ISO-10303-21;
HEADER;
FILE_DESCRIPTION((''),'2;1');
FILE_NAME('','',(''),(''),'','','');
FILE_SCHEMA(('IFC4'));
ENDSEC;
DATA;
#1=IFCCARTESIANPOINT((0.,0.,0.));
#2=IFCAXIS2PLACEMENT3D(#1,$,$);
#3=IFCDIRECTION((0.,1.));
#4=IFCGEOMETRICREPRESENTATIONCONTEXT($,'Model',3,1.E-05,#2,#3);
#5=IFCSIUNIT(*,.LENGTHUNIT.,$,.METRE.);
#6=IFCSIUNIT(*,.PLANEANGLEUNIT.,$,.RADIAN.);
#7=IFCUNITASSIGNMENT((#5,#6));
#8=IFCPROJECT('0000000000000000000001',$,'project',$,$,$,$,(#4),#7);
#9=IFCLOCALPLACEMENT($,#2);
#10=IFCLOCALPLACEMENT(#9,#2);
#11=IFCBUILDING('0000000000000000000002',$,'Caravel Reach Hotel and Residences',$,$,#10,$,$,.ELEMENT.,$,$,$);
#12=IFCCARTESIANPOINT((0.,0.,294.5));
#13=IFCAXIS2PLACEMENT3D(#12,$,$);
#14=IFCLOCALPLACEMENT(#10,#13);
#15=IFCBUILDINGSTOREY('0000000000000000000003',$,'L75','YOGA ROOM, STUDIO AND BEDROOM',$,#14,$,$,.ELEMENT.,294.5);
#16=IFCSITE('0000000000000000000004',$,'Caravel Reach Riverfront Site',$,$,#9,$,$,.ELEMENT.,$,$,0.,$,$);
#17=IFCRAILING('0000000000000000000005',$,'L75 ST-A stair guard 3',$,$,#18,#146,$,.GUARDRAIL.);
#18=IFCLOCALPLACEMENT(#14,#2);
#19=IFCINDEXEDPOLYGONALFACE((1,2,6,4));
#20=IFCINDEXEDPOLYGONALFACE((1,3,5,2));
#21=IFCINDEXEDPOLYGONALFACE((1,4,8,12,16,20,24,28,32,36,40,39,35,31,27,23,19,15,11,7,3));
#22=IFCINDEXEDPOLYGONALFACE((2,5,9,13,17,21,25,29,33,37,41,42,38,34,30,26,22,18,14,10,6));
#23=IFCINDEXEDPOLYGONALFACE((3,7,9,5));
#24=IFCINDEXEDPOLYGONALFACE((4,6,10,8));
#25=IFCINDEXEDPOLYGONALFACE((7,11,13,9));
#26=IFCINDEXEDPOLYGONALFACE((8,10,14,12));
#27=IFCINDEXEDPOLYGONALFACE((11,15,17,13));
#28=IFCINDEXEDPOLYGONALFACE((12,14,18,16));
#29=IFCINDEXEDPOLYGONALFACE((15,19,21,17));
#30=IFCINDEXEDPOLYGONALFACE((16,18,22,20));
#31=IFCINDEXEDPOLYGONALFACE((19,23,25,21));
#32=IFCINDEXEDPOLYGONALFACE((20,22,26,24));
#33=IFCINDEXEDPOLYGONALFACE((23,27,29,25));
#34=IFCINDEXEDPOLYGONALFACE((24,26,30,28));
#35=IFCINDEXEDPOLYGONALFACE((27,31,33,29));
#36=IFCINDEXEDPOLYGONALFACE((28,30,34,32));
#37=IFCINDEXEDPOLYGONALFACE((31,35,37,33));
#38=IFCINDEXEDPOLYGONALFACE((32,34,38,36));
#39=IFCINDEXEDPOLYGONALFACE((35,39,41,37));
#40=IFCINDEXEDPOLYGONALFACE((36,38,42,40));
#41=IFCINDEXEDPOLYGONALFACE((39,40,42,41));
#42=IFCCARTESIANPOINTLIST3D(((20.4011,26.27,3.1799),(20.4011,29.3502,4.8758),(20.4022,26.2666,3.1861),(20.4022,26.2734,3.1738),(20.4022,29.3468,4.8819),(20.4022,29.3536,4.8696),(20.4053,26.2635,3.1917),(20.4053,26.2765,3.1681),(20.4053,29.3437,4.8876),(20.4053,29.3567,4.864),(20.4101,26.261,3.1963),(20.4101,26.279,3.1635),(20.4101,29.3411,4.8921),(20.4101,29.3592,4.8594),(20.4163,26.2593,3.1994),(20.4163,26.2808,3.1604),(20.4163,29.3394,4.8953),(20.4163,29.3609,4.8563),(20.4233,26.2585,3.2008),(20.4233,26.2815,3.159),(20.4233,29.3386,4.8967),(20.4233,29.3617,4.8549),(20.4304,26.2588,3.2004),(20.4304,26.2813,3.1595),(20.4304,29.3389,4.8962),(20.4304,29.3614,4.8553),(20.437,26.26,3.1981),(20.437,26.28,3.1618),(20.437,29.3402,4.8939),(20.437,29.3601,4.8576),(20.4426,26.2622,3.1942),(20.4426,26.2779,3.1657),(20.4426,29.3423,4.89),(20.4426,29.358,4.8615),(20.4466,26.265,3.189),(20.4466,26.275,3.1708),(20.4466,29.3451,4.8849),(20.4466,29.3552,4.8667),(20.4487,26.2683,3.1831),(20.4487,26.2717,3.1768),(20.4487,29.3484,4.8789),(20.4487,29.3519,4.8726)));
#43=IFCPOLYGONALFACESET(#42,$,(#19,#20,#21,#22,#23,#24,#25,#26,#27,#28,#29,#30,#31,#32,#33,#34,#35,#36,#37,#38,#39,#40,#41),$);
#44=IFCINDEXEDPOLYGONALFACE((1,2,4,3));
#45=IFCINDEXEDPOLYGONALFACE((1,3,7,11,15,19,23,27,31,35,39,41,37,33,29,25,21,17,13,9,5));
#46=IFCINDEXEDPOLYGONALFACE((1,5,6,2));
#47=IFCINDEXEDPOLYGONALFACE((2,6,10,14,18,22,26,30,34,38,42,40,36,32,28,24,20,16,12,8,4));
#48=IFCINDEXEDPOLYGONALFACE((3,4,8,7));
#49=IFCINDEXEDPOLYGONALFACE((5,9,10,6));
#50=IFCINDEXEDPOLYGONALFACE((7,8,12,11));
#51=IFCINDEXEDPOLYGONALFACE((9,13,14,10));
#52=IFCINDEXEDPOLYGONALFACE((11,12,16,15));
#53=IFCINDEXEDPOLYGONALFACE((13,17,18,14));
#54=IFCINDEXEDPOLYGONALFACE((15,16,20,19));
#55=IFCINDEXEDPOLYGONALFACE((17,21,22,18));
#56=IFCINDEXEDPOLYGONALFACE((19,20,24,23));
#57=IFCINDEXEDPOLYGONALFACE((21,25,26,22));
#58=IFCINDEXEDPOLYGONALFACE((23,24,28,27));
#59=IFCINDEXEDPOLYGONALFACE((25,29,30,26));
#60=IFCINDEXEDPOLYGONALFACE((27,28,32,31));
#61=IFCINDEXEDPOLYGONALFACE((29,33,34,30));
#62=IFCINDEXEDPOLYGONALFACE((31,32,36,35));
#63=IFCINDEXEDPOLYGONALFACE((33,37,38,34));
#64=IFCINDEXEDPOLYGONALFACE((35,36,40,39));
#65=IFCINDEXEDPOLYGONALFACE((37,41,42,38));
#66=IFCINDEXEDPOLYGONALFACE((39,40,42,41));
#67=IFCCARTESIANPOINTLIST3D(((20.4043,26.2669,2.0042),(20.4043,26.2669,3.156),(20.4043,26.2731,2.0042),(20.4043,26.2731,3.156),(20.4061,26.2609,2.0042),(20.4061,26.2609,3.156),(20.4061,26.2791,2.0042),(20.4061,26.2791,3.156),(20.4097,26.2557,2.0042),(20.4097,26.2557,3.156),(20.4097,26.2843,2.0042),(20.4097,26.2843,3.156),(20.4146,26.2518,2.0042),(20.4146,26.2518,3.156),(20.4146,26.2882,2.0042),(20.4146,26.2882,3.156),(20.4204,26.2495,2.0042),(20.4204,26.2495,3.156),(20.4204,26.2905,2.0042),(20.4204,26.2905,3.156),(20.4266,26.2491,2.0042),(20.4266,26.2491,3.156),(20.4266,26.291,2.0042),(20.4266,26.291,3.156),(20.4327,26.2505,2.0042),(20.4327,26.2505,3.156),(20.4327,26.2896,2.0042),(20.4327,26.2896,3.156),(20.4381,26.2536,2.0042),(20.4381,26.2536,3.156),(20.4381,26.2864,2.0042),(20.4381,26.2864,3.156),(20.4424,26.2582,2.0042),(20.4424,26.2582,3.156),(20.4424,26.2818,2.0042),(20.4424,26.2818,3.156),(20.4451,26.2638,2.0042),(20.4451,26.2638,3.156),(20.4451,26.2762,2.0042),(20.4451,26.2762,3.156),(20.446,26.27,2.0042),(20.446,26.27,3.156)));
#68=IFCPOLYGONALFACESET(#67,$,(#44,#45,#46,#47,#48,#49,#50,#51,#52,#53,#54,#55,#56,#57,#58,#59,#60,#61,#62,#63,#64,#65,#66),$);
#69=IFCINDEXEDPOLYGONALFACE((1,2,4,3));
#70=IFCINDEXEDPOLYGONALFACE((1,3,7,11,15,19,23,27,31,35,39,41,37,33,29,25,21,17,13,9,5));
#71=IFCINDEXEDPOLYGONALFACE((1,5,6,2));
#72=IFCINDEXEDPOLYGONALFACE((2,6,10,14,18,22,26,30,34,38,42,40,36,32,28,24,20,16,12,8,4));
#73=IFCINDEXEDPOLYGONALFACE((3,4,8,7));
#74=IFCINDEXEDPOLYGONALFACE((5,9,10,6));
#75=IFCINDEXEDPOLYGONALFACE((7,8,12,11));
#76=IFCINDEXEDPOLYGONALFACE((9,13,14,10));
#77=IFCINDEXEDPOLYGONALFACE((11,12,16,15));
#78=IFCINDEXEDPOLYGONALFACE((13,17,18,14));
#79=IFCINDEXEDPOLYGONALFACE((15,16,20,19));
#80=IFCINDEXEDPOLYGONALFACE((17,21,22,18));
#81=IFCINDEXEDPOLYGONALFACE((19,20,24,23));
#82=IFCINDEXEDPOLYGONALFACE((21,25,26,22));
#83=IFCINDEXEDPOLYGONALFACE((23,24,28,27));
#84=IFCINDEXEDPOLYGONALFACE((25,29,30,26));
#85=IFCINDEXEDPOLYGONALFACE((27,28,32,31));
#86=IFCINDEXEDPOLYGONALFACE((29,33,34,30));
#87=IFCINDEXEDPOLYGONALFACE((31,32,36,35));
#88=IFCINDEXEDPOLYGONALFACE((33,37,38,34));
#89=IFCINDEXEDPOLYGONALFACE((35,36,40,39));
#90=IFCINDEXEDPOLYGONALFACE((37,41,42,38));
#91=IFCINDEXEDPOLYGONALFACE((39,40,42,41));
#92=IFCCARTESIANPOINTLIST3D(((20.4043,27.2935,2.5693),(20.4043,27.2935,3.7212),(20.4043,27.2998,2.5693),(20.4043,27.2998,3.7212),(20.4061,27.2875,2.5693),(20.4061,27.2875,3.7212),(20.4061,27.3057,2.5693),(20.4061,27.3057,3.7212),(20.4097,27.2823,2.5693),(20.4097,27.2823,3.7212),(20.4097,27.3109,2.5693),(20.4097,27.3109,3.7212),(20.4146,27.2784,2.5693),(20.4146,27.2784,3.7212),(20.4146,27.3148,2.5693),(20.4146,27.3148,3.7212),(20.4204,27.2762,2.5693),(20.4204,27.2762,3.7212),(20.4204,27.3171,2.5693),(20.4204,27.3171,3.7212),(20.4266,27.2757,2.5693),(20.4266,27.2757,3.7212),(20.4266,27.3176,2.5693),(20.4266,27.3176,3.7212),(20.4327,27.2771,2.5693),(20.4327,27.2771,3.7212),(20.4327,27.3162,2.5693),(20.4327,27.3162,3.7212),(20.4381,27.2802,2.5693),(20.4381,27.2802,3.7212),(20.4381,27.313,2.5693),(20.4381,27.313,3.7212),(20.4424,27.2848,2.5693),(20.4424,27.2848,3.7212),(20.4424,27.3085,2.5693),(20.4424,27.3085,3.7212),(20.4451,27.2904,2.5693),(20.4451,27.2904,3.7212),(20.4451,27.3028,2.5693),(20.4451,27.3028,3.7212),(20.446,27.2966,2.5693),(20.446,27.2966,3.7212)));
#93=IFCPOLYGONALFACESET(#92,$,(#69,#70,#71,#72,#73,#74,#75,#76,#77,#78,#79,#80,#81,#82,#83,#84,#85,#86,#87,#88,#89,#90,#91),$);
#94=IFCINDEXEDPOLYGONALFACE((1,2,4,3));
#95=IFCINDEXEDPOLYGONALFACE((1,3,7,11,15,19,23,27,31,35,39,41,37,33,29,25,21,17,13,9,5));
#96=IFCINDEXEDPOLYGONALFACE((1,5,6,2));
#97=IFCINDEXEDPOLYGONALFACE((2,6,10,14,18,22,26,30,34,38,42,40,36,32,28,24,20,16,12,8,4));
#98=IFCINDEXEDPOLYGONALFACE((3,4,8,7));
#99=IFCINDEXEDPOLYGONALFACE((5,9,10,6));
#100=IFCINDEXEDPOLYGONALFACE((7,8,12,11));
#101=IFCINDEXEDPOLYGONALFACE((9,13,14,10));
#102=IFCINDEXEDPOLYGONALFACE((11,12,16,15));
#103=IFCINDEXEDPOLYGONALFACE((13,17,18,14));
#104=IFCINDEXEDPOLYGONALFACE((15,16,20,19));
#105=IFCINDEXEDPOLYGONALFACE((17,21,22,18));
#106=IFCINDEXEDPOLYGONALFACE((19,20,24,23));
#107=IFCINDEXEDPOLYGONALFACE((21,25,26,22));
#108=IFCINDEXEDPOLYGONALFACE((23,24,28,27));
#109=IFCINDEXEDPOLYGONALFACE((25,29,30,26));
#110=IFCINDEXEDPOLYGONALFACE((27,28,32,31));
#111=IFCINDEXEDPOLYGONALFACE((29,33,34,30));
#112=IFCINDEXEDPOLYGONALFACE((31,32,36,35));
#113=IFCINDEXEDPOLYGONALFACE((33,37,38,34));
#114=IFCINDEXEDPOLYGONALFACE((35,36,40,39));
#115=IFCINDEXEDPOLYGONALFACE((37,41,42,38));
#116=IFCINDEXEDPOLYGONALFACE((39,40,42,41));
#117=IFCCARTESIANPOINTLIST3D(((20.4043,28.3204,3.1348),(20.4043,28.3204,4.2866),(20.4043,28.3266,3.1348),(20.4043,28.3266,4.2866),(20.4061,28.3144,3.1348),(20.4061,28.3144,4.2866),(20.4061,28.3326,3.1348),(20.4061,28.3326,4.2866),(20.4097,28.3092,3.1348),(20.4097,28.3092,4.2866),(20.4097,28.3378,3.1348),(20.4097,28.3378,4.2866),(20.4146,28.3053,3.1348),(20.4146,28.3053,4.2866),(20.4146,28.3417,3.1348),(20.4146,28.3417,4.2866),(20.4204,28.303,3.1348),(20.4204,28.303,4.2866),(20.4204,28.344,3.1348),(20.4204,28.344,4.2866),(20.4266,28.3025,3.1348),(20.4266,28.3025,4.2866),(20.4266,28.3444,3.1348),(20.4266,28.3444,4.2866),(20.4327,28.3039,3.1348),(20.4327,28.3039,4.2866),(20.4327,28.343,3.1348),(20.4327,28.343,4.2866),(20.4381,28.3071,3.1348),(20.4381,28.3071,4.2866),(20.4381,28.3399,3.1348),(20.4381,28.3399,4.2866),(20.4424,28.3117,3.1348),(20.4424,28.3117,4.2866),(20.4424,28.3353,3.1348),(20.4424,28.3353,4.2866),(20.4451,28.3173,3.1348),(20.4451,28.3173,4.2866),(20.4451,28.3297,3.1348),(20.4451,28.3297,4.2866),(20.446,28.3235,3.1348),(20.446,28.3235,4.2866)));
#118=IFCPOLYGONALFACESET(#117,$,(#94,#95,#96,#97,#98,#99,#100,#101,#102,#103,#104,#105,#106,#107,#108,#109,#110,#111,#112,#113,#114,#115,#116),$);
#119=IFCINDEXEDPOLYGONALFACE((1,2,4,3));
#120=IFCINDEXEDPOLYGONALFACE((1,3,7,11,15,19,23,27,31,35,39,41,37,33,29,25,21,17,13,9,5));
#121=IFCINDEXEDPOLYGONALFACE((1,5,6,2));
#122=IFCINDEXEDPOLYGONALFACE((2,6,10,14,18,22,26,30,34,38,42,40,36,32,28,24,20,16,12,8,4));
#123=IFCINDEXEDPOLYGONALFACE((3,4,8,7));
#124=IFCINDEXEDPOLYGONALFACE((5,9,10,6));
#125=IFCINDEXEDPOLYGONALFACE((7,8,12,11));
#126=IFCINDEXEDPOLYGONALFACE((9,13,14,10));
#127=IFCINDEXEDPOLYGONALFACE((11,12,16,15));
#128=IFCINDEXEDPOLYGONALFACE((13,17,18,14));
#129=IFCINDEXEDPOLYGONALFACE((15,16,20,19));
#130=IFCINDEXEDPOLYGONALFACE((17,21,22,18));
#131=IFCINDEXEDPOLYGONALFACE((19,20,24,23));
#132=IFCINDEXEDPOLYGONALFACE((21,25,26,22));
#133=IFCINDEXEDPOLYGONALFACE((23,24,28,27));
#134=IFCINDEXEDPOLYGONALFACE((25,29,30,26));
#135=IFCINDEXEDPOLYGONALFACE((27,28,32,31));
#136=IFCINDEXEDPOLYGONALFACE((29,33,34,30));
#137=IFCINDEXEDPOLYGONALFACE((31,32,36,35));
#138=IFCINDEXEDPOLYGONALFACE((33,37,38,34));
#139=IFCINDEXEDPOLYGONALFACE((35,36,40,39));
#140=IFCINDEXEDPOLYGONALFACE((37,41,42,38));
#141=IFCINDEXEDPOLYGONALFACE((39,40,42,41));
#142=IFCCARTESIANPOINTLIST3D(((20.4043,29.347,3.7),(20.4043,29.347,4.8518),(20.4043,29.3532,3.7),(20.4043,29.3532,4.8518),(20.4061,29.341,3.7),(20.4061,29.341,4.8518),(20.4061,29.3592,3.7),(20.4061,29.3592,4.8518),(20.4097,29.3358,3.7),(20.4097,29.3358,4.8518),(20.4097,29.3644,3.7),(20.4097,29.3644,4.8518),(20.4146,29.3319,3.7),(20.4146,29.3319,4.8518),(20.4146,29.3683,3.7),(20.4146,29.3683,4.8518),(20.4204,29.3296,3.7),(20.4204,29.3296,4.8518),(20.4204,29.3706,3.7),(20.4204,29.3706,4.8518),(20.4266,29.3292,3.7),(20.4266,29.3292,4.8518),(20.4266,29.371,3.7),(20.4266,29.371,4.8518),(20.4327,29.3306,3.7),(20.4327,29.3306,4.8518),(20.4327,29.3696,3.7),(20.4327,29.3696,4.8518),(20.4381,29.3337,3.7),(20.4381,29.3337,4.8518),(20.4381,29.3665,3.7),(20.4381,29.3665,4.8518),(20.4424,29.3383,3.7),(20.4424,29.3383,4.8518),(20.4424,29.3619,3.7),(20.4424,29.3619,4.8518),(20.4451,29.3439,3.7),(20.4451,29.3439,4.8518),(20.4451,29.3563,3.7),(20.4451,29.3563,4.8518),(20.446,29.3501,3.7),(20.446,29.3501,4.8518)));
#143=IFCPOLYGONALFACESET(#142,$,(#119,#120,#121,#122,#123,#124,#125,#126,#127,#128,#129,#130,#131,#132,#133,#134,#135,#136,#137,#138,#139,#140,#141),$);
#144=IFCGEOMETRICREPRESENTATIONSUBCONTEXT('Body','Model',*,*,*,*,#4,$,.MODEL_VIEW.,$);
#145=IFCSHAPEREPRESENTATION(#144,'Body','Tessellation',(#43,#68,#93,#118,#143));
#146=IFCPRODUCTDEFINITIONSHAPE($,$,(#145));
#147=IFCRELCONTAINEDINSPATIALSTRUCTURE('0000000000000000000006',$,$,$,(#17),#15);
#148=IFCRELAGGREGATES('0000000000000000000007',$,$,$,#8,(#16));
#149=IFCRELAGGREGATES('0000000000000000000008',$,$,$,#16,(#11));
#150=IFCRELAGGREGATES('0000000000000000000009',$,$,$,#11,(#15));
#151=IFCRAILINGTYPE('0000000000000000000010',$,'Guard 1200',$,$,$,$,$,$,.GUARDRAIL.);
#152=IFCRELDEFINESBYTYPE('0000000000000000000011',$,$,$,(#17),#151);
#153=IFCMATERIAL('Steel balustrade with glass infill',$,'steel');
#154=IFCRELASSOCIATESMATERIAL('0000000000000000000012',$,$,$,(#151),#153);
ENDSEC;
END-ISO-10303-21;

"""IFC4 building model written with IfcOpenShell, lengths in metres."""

from ifc_helpers import new_model, si_unit, direction, frame, origin, origin_2d, place, context, subcontext, project, spatial, circle, extrude, material, type_object, element, save


model = new_model("IFC4")

# Units and contexts
model_context = context("Model", 3, precision=1e-05, world=origin(), true_north=direction((0.0, 1.0)))
body_context = subcontext(model_context, "Body", "Model", "MODEL_VIEW")
ifc_project = project(units=[si_unit("LENGTHUNIT", "METRE"), si_unit("PLANEANGLEUNIT", "RADIAN")], contexts=[model_context])

# Site, building, storey
site_placement = place(None, origin())
site = spatial("IfcSite", under=ifc_project, at=site_placement, Name="Caravel Reach Riverfront Site", CompositionType="ELEMENT", RefElevation=0.0)
building_placement = place(site_placement, origin())
building = spatial("IfcBuilding", under=site, at=building_placement, Name="Caravel Reach Hotel and Residences", CompositionType="ELEMENT")
storey_placement = place(building_placement, frame((0.0, 0.0, 294.5)))
storey = spatial("IfcBuildingStorey", under=building, at=storey_placement, Name="L75", Description="YOGA ROOM, STUDIO AND BEDROOM", CompositionType="ELEMENT", Elevation=294.5)

# Railing
ifc_material_1 = material(Name="Steel balustrade with glass infill", Category="steel")
railing_type_1 = type_object("IfcRailingType", Name="Guard 1200", PredefinedType="GUARDRAIL", material=ifc_material_1)
railing_1_placement = place(storey_placement, frame((20.425, 26.27, 2.0042)))
element("IfcRailing", 1, at=railing_1_placement, inside=storey, type_object=railing_type_1, Name="L75 ST-A stair guard 3", PredefinedType="GUARDRAIL", context=body_context, shape_type="SweptSolid", body=[
    extrude(circle(Radius=0.0239, at=origin_2d()), frame((0.0, 0.0, 1.1758), z_axis=(0.0, 0.876005, 0.482303), x_axis=(-1.0, 0.0, 0.0)), (0.0, 0.0, 1.0), 3.5161),
    extrude(circle(Radius=0.021, at=origin_2d()), origin(), (0.0, 0.0, 1.0), 1.1519),
    extrude(circle(Radius=0.021, at=origin_2d()), frame((0.0, 1.0266, 0.5652)), (0.0, 0.0, 1.0), 1.1519),
    extrude(circle(Radius=0.021, at=origin_2d()), frame((0.0, 2.0535, 1.1306)), (0.0, 0.0, 1.0), 1.1519),
    extrude(circle(Radius=0.021, at=origin_2d()), frame((0.0, 3.0801, 1.6958)), (0.0, 0.0, 1.0), 1.1519),
])

save(model, "model.ifc")
